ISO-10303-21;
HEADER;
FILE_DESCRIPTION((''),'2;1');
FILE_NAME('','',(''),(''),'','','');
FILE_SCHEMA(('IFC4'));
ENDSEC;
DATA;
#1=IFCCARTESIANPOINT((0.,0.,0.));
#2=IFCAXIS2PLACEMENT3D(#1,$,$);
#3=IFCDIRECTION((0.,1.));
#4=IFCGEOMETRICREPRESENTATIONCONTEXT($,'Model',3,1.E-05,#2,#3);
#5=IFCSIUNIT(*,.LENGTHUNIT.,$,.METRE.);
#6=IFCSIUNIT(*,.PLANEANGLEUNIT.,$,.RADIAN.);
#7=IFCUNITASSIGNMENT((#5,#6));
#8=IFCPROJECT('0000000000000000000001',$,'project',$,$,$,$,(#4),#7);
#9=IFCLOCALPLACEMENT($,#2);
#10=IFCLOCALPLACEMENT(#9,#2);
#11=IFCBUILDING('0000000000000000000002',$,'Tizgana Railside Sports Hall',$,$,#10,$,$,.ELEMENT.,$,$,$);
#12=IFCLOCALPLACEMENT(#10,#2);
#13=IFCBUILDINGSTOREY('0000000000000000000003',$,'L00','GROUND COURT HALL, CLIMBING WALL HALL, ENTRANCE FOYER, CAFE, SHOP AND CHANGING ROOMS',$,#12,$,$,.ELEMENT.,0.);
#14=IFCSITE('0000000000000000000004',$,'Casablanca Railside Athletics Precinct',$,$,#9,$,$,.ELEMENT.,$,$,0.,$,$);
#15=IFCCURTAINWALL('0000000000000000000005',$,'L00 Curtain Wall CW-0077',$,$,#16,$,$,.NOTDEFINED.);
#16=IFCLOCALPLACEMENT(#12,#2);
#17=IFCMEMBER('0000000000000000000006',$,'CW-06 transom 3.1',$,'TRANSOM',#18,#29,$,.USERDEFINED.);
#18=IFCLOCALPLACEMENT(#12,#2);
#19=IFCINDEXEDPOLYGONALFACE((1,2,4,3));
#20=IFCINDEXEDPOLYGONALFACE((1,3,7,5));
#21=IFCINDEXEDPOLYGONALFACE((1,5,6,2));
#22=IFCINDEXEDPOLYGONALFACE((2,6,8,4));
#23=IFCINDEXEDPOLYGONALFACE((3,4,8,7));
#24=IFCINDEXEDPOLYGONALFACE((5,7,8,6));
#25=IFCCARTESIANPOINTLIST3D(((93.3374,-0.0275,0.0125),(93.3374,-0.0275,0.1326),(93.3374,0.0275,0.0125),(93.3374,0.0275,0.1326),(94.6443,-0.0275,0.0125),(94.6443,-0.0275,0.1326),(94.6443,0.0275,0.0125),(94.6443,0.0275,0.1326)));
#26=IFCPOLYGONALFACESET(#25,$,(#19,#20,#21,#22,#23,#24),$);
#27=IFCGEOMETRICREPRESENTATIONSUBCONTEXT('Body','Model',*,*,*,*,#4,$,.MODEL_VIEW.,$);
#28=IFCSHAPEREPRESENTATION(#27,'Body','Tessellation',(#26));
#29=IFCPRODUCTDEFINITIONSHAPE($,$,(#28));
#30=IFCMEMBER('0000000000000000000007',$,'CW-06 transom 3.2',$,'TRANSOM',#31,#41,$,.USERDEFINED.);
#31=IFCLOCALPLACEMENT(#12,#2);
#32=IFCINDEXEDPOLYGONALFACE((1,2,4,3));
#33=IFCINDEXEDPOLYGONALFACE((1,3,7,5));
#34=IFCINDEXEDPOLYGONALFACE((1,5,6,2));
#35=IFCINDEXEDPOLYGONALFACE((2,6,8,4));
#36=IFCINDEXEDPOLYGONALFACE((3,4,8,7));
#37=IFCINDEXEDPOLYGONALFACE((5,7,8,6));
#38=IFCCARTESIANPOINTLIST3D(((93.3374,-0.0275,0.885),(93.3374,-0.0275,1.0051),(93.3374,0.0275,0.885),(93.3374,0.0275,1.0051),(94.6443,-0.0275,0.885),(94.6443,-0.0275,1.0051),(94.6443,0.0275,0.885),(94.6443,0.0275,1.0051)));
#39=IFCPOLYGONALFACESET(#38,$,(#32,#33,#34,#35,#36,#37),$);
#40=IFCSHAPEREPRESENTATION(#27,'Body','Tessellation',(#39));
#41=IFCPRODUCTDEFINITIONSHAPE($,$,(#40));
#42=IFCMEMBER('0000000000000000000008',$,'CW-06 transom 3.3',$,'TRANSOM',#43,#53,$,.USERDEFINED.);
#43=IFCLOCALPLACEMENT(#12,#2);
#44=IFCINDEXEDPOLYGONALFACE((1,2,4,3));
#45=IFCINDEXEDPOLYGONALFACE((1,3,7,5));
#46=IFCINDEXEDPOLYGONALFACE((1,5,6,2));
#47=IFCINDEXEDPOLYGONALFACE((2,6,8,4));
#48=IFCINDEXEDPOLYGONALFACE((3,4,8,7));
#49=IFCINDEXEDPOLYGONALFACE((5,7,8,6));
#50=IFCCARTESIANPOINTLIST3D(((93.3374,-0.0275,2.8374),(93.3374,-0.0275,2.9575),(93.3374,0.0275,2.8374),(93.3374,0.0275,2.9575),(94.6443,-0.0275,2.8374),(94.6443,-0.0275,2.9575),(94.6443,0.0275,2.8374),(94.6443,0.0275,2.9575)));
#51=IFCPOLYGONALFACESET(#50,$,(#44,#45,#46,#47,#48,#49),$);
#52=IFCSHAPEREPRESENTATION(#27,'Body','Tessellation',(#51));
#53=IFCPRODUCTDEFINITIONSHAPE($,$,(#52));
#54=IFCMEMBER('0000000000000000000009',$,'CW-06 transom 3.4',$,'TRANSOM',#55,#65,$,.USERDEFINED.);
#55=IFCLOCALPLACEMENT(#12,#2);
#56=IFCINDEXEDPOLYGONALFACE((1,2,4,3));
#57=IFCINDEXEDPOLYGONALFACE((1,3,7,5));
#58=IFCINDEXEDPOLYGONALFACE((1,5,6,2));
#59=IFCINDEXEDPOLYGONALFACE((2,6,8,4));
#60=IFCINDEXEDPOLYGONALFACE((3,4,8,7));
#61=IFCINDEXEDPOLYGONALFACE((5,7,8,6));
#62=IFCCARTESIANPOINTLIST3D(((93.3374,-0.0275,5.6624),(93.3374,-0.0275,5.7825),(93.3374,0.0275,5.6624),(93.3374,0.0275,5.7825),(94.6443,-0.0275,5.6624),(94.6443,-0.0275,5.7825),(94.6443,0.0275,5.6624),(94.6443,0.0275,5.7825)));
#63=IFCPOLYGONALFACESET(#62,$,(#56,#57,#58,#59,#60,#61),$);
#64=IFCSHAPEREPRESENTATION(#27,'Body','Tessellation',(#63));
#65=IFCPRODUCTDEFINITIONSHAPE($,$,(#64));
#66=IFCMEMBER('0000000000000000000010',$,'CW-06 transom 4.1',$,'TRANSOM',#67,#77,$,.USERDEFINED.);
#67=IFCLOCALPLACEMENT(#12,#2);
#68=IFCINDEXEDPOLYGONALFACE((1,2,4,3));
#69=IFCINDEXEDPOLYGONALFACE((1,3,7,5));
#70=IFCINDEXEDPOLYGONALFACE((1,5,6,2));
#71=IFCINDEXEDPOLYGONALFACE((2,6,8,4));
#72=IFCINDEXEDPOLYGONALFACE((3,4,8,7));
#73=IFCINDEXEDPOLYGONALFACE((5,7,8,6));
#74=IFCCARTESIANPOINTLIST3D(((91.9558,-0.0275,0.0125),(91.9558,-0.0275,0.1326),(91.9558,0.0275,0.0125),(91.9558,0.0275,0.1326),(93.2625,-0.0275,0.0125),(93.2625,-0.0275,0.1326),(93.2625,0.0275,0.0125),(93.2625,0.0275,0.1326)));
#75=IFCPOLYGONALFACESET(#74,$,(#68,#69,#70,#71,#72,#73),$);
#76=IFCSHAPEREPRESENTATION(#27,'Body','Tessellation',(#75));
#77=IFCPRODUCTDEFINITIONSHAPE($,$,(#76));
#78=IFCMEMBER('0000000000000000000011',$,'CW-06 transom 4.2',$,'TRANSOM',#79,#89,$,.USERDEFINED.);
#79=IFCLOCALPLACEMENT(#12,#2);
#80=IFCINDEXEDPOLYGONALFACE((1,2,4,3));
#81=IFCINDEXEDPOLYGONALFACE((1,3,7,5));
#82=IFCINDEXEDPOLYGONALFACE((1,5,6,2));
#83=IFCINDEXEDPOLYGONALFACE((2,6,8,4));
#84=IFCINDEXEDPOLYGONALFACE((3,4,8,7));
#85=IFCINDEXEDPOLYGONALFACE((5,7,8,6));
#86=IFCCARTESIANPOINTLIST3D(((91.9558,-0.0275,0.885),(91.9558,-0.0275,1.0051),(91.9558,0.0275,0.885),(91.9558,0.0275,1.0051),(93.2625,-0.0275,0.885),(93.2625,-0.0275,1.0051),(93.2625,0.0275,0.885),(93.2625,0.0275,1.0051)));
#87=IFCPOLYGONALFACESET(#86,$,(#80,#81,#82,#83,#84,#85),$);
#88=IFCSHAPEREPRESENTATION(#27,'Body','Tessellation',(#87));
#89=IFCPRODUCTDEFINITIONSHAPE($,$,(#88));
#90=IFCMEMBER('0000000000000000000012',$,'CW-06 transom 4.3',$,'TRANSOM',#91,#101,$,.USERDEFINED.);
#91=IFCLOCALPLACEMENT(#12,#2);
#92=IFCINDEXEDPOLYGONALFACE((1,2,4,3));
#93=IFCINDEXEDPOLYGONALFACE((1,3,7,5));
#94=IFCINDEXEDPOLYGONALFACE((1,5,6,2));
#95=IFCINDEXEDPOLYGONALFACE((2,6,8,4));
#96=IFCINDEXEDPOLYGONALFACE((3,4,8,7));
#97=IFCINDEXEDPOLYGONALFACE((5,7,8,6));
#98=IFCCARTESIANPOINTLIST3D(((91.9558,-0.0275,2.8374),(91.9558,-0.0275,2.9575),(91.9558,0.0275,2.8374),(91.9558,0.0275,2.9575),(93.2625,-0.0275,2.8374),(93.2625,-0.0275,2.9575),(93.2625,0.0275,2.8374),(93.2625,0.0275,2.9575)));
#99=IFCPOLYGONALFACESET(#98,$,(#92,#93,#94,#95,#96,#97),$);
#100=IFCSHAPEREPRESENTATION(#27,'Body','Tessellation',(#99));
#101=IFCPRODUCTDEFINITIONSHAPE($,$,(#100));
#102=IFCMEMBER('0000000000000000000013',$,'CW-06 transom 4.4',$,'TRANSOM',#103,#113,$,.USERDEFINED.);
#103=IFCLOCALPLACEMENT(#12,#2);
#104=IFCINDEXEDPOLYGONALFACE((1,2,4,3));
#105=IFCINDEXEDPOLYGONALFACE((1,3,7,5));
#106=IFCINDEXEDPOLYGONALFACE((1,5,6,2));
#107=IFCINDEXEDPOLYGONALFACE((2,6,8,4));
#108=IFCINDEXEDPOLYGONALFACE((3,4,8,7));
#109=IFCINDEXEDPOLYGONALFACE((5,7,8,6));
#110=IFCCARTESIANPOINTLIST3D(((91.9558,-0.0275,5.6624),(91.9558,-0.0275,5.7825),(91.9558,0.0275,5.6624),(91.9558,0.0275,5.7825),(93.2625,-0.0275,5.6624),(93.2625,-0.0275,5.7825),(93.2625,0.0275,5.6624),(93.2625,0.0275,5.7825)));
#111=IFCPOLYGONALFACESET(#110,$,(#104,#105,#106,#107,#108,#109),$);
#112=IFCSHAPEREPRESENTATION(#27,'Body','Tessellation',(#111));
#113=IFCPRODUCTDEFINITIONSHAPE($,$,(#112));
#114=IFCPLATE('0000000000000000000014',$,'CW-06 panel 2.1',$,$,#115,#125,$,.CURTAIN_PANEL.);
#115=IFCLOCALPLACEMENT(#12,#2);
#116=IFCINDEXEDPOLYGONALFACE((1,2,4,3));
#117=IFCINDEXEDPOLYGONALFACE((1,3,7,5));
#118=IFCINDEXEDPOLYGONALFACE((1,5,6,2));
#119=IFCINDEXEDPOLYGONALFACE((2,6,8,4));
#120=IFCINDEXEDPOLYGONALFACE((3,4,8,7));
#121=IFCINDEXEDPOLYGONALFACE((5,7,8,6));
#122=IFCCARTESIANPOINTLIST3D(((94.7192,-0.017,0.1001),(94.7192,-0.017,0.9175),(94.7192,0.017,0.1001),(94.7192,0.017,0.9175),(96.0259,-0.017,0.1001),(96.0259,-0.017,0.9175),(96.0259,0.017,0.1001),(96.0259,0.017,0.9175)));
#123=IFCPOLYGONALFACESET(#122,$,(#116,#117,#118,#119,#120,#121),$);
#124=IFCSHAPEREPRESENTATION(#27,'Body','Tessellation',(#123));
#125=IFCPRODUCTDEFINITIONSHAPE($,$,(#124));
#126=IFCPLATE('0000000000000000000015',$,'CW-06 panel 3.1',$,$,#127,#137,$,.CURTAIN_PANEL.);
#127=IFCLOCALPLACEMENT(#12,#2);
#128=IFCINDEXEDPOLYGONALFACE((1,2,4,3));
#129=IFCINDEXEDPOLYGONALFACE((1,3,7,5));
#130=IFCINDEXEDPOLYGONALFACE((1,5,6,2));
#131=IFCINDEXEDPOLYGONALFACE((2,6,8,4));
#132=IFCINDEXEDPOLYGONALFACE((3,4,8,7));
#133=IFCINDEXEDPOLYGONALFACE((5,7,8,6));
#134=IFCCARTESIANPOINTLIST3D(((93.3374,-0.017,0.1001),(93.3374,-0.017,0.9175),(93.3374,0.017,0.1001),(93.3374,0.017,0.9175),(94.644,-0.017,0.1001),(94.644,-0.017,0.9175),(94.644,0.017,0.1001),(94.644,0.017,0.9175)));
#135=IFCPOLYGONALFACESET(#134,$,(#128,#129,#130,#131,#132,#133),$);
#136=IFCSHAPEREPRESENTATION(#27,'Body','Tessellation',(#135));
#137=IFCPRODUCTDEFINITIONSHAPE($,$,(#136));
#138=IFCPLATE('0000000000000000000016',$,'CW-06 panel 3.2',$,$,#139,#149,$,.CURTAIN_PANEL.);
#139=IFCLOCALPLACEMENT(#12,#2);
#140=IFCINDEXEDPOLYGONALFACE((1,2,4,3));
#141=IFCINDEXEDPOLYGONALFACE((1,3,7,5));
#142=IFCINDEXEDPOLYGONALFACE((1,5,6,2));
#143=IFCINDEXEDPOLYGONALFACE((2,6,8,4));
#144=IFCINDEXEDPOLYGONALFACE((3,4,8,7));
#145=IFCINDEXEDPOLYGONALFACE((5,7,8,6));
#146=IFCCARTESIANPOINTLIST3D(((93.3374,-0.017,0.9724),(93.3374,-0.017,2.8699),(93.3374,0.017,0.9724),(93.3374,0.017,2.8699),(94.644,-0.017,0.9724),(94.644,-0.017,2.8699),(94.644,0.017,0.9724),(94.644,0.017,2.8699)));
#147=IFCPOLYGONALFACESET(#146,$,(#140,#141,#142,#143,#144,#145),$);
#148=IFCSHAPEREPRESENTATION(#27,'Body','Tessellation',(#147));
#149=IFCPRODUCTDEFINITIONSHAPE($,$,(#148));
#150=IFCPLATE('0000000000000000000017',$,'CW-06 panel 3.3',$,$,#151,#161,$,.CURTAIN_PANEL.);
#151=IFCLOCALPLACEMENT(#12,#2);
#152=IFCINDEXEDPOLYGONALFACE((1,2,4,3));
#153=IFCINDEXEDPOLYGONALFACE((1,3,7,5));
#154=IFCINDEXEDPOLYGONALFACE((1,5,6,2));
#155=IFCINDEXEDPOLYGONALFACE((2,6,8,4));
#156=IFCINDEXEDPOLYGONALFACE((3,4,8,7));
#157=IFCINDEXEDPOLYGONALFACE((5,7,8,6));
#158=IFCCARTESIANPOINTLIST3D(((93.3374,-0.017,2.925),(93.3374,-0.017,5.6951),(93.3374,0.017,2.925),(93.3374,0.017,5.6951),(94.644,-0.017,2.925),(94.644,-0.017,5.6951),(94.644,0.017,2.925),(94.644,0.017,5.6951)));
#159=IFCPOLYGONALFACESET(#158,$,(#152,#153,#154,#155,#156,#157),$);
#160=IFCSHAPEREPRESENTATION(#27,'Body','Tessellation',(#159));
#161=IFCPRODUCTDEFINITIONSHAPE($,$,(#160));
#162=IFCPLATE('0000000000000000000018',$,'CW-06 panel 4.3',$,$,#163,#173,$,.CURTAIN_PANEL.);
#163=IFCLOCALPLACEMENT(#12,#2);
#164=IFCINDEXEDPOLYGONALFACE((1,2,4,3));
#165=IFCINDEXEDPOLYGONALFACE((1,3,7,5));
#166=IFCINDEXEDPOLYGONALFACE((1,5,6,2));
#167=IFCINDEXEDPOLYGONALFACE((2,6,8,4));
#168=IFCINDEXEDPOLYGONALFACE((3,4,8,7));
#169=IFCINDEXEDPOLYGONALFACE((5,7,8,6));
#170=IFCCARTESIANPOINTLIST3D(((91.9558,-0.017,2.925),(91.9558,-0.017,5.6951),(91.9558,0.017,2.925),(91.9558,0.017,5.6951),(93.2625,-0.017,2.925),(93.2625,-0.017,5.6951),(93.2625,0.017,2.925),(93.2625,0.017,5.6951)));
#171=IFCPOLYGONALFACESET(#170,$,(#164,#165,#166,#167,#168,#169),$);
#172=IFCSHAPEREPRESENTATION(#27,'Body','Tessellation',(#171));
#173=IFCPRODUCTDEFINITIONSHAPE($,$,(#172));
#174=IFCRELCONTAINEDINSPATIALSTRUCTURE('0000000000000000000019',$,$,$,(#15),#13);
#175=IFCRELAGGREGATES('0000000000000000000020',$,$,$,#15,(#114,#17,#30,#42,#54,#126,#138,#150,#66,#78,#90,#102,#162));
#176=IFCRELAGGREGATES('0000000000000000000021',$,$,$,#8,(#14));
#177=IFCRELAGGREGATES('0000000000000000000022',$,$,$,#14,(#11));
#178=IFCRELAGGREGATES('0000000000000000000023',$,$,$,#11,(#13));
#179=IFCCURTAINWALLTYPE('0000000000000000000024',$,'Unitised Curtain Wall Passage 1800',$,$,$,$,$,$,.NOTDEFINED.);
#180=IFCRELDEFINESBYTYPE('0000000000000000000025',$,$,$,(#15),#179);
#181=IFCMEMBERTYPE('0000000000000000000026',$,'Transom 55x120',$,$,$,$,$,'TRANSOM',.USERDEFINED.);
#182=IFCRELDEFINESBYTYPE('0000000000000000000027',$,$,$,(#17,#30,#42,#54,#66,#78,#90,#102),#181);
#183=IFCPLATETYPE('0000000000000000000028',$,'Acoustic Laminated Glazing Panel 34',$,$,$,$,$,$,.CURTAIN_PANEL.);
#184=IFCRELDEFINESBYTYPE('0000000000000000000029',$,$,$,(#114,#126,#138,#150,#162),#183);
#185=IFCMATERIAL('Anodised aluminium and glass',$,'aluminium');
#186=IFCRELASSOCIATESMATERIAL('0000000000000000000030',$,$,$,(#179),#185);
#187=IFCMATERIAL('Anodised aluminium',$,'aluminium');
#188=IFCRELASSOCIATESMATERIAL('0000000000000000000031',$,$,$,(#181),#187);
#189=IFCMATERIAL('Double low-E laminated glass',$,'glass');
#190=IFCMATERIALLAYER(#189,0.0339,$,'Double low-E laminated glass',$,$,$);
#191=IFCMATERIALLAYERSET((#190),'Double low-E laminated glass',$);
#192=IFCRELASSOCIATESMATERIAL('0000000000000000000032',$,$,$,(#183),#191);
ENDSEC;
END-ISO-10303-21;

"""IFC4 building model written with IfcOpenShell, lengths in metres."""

from ifc_helpers import new_model, si_unit, direction, frame, origin, origin_2d, place, context, subcontext, project, spatial, rectangle, extrude, material, layer, layer_set, material_profile, profile_set, type_object, element, aggregate, save


model = new_model("IFC4")

# Units and contexts
model_context = context("Model", 3, precision=1e-05, world=origin(), true_north=direction((0.0, 1.0)))
body_context = subcontext(model_context, "Body", "Model", "MODEL_VIEW")
ifc_project = project(units=[si_unit("LENGTHUNIT", "METRE"), si_unit("PLANEANGLEUNIT", "RADIAN")], contexts=[model_context])

# Site, building, storey
site_placement = place(None, origin())
site = spatial("IfcSite", under=ifc_project, at=site_placement, Name="Casablanca Railside Athletics Precinct", CompositionType="ELEMENT", RefElevation=0.0)
building_placement = place(site_placement, origin())
building = spatial("IfcBuilding", under=site, at=building_placement, Name="Tizgana Railside Sports Hall", CompositionType="ELEMENT")
storey_placement = place(building_placement, origin())
storey = spatial("IfcBuildingStorey", under=building, at=storey_placement, Name="L00", Description="GROUND COURT HALL, CLIMBING WALL HALL, ENTRANCE FOYER, CAFE, SHOP AND CHANGING ROOMS", CompositionType="ELEMENT", Elevation=0.0)

# Curtain wall
ifc_material_1 = material(Name="Anodised aluminium and glass", Category="aluminium")
curtain_wall_type = type_object("IfcCurtainWallType", Name="Unitised Curtain Wall Passage 1800", PredefinedType="NOTDEFINED", material=ifc_material_1)
curtain_wall_placement = place(storey_placement, origin())
curtain_wall = element("IfcCurtainWall", 1, at=curtain_wall_placement, inside=storey, type_object=curtain_wall_type, Name="L00 Curtain Wall CW-0077", PredefinedType="NOTDEFINED")
ifc_material_2 = material(Name="Anodised aluminium", Category="aluminium")

# Members
ifc_material_profile_1 = material_profile(ifc_material_2, rectangle(XDim=0.0549, YDim=0.1201, at=origin_2d()), Name="Transom 55x120")
ifc_profile_set_1 = profile_set([ifc_material_profile_1], Name="Anodised aluminium")
member_type_1 = type_object("IfcMemberType", Name="Transom 55x120", ElementType="TRANSOM", PredefinedType="USERDEFINED", material=ifc_profile_set_1)
member_1_placement = place(storey_placement, frame((94.6443, 0.0, 0.0725), z_axis=(-1.0, 0.0, 0.0), x_axis=(0.0, -1.0, 0.0)))
member_1 = element("IfcMember", 2, at=member_1_placement, type_object=member_type_1, Name="CW-06 transom 3.1", ObjectType="TRANSOM", PredefinedType="USERDEFINED", context=body_context, shape_type="SweptSolid", body=[
    extrude(rectangle(XDim=0.0549, YDim=0.1201, at=origin_2d()), origin(), (0.0, 0.0, 1.0), 1.3069),
])
member_2_placement = place(storey_placement, frame((94.6443, 0.0, 0.9451), z_axis=(-1.0, 0.0, 0.0), x_axis=(0.0, -1.0, 0.0)))
member_2 = element("IfcMember", 3, at=member_2_placement, type_object=member_type_1, Name="CW-06 transom 3.2", ObjectType="TRANSOM", PredefinedType="USERDEFINED", context=body_context, shape_type="SweptSolid", body=[
    extrude(rectangle(XDim=0.0549, YDim=0.1201, at=origin_2d()), origin(), (0.0, 0.0, 1.0), 1.3069),
])
member_3_placement = place(storey_placement, frame((94.6443, 0.0, 2.8975), z_axis=(-1.0, 0.0, 0.0), x_axis=(0.0, -1.0, 0.0)))
member_3 = element("IfcMember", 4, at=member_3_placement, type_object=member_type_1, Name="CW-06 transom 3.3", ObjectType="TRANSOM", PredefinedType="USERDEFINED", context=body_context, shape_type="SweptSolid", body=[
    extrude(rectangle(XDim=0.0549, YDim=0.1201, at=origin_2d()), origin(), (0.0, 0.0, 1.0), 1.3069),
])
member_4_placement = place(storey_placement, frame((94.6443, 0.0, 5.7224), z_axis=(-1.0, 0.0, 0.0), x_axis=(0.0, -1.0, 0.0)))
member_4 = element("IfcMember", 5, at=member_4_placement, type_object=member_type_1, Name="CW-06 transom 3.4", ObjectType="TRANSOM", PredefinedType="USERDEFINED", context=body_context, shape_type="SweptSolid", body=[
    extrude(rectangle(XDim=0.0549, YDim=0.1201, at=origin_2d()), origin(), (0.0, 0.0, 1.0), 1.3069),
])
member_5_placement = place(storey_placement, frame((93.2625, 0.0, 0.0725), z_axis=(-1.0, 0.0, 0.0), x_axis=(0.0, -1.0, 0.0)))
member_5 = element("IfcMember", 6, at=member_5_placement, type_object=member_type_1, Name="CW-06 transom 4.1", ObjectType="TRANSOM", PredefinedType="USERDEFINED", context=body_context, shape_type="SweptSolid", body=[
    extrude(rectangle(XDim=0.0549, YDim=0.1201, at=origin_2d()), origin(), (0.0, 0.0, 1.0), 1.3066),
])
member_6_placement = place(storey_placement, frame((93.2625, 0.0, 0.9451), z_axis=(-1.0, 0.0, 0.0), x_axis=(0.0, -1.0, 0.0)))
member_6 = element("IfcMember", 7, at=member_6_placement, type_object=member_type_1, Name="CW-06 transom 4.2", ObjectType="TRANSOM", PredefinedType="USERDEFINED", context=body_context, shape_type="SweptSolid", body=[
    extrude(rectangle(XDim=0.0549, YDim=0.1201, at=origin_2d()), origin(), (0.0, 0.0, 1.0), 1.3066),
])
member_7_placement = place(storey_placement, frame((93.2625, 0.0, 2.8975), z_axis=(-1.0, 0.0, 0.0), x_axis=(0.0, -1.0, 0.0)))
member_7 = element("IfcMember", 8, at=member_7_placement, type_object=member_type_1, Name="CW-06 transom 4.3", ObjectType="TRANSOM", PredefinedType="USERDEFINED", context=body_context, shape_type="SweptSolid", body=[
    extrude(rectangle(XDim=0.0549, YDim=0.1201, at=origin_2d()), origin(), (0.0, 0.0, 1.0), 1.3066),
])
member_8_placement = place(storey_placement, frame((93.2625, 0.0, 5.7224), z_axis=(-1.0, 0.0, 0.0), x_axis=(0.0, -1.0, 0.0)))
member_8 = element("IfcMember", 9, at=member_8_placement, type_object=member_type_1, Name="CW-06 transom 4.4", ObjectType="TRANSOM", PredefinedType="USERDEFINED", context=body_context, shape_type="SweptSolid", body=[
    extrude(rectangle(XDim=0.0549, YDim=0.1201, at=origin_2d()), origin(), (0.0, 0.0, 1.0), 1.3066),
])

# Plates
ifc_material_3 = material(Name="Double low-E laminated glass", Category="glass")
ifc_layer_1 = layer(ifc_material_3, 0.0339, Name="Double low-E laminated glass")
ifc_layer_set_1 = layer_set([ifc_layer_1], Name="Double low-E laminated glass")
plate_type = type_object("IfcPlateType", Name="Acoustic Laminated Glazing Panel 34", PredefinedType="CURTAIN_PANEL", material=ifc_layer_set_1)
plate_1_placement = place(storey_placement, frame((95.3726, 0.0, 0.1001), z_axis=(0.0, 0.0, 1.0), x_axis=(-1.0, 0.0, 0.0)))
plate_1 = element("IfcPlate", 10, at=plate_1_placement, type_object=plate_type, Name="CW-06 panel 2.1", PredefinedType="CURTAIN_PANEL", context=body_context, shape_type="SweptSolid", body=[
    extrude(rectangle(XDim=1.3066, YDim=0.0339, at=origin_2d()), origin(), (0.0, 0.0, 1.0), 0.8174),
])
plate_2_placement = place(storey_placement, frame((93.9907, 0.0, 0.1001), z_axis=(0.0, 0.0, 1.0), x_axis=(-1.0, 0.0, 0.0)))
plate_2 = element("IfcPlate", 11, at=plate_2_placement, type_object=plate_type, Name="CW-06 panel 3.1", PredefinedType="CURTAIN_PANEL", context=body_context, shape_type="SweptSolid", body=[
    extrude(rectangle(XDim=1.3066, YDim=0.0339, at=origin_2d()), origin(), (0.0, 0.0, 1.0), 0.8174),
])
plate_3_placement = place(storey_placement, frame((93.9907, 0.0, 0.9724), z_axis=(0.0, 0.0, 1.0), x_axis=(-1.0, 0.0, 0.0)))
plate_3 = element("IfcPlate", 12, at=plate_3_placement, type_object=plate_type, Name="CW-06 panel 3.2", PredefinedType="CURTAIN_PANEL", context=body_context, shape_type="SweptSolid", body=[
    extrude(rectangle(XDim=1.3066, YDim=0.0339, at=origin_2d()), origin(), (0.0, 0.0, 1.0), 1.8975),
])
plate_4_placement = place(storey_placement, frame((93.9907, 0.0, 2.925), z_axis=(0.0, 0.0, 1.0), x_axis=(-1.0, 0.0, 0.0)))
plate_4 = element("IfcPlate", 13, at=plate_4_placement, type_object=plate_type, Name="CW-06 panel 3.3", PredefinedType="CURTAIN_PANEL", context=body_context, shape_type="SweptSolid", body=[
    extrude(rectangle(XDim=1.3066, YDim=0.0339, at=origin_2d()), origin(), (0.0, 0.0, 1.0), 2.77),
])
plate_5_placement = place(storey_placement, frame((92.6091, 0.0, 2.925), z_axis=(0.0, 0.0, 1.0), x_axis=(-1.0, 0.0, 0.0)))
plate_5 = element("IfcPlate", 14, at=plate_5_placement, type_object=plate_type, Name="CW-06 panel 4.3", PredefinedType="CURTAIN_PANEL", context=body_context, shape_type="SweptSolid", body=[
    extrude(rectangle(XDim=1.3066, YDim=0.0339, at=origin_2d()), origin(), (0.0, 0.0, 1.0), 2.77),
])
aggregate(curtain_wall, [plate_1, member_1, member_2, member_3, member_4, plate_2, plate_3, plate_4, member_5, member_6, member_7, member_8, plate_5])

save(model, "model.ifc")
